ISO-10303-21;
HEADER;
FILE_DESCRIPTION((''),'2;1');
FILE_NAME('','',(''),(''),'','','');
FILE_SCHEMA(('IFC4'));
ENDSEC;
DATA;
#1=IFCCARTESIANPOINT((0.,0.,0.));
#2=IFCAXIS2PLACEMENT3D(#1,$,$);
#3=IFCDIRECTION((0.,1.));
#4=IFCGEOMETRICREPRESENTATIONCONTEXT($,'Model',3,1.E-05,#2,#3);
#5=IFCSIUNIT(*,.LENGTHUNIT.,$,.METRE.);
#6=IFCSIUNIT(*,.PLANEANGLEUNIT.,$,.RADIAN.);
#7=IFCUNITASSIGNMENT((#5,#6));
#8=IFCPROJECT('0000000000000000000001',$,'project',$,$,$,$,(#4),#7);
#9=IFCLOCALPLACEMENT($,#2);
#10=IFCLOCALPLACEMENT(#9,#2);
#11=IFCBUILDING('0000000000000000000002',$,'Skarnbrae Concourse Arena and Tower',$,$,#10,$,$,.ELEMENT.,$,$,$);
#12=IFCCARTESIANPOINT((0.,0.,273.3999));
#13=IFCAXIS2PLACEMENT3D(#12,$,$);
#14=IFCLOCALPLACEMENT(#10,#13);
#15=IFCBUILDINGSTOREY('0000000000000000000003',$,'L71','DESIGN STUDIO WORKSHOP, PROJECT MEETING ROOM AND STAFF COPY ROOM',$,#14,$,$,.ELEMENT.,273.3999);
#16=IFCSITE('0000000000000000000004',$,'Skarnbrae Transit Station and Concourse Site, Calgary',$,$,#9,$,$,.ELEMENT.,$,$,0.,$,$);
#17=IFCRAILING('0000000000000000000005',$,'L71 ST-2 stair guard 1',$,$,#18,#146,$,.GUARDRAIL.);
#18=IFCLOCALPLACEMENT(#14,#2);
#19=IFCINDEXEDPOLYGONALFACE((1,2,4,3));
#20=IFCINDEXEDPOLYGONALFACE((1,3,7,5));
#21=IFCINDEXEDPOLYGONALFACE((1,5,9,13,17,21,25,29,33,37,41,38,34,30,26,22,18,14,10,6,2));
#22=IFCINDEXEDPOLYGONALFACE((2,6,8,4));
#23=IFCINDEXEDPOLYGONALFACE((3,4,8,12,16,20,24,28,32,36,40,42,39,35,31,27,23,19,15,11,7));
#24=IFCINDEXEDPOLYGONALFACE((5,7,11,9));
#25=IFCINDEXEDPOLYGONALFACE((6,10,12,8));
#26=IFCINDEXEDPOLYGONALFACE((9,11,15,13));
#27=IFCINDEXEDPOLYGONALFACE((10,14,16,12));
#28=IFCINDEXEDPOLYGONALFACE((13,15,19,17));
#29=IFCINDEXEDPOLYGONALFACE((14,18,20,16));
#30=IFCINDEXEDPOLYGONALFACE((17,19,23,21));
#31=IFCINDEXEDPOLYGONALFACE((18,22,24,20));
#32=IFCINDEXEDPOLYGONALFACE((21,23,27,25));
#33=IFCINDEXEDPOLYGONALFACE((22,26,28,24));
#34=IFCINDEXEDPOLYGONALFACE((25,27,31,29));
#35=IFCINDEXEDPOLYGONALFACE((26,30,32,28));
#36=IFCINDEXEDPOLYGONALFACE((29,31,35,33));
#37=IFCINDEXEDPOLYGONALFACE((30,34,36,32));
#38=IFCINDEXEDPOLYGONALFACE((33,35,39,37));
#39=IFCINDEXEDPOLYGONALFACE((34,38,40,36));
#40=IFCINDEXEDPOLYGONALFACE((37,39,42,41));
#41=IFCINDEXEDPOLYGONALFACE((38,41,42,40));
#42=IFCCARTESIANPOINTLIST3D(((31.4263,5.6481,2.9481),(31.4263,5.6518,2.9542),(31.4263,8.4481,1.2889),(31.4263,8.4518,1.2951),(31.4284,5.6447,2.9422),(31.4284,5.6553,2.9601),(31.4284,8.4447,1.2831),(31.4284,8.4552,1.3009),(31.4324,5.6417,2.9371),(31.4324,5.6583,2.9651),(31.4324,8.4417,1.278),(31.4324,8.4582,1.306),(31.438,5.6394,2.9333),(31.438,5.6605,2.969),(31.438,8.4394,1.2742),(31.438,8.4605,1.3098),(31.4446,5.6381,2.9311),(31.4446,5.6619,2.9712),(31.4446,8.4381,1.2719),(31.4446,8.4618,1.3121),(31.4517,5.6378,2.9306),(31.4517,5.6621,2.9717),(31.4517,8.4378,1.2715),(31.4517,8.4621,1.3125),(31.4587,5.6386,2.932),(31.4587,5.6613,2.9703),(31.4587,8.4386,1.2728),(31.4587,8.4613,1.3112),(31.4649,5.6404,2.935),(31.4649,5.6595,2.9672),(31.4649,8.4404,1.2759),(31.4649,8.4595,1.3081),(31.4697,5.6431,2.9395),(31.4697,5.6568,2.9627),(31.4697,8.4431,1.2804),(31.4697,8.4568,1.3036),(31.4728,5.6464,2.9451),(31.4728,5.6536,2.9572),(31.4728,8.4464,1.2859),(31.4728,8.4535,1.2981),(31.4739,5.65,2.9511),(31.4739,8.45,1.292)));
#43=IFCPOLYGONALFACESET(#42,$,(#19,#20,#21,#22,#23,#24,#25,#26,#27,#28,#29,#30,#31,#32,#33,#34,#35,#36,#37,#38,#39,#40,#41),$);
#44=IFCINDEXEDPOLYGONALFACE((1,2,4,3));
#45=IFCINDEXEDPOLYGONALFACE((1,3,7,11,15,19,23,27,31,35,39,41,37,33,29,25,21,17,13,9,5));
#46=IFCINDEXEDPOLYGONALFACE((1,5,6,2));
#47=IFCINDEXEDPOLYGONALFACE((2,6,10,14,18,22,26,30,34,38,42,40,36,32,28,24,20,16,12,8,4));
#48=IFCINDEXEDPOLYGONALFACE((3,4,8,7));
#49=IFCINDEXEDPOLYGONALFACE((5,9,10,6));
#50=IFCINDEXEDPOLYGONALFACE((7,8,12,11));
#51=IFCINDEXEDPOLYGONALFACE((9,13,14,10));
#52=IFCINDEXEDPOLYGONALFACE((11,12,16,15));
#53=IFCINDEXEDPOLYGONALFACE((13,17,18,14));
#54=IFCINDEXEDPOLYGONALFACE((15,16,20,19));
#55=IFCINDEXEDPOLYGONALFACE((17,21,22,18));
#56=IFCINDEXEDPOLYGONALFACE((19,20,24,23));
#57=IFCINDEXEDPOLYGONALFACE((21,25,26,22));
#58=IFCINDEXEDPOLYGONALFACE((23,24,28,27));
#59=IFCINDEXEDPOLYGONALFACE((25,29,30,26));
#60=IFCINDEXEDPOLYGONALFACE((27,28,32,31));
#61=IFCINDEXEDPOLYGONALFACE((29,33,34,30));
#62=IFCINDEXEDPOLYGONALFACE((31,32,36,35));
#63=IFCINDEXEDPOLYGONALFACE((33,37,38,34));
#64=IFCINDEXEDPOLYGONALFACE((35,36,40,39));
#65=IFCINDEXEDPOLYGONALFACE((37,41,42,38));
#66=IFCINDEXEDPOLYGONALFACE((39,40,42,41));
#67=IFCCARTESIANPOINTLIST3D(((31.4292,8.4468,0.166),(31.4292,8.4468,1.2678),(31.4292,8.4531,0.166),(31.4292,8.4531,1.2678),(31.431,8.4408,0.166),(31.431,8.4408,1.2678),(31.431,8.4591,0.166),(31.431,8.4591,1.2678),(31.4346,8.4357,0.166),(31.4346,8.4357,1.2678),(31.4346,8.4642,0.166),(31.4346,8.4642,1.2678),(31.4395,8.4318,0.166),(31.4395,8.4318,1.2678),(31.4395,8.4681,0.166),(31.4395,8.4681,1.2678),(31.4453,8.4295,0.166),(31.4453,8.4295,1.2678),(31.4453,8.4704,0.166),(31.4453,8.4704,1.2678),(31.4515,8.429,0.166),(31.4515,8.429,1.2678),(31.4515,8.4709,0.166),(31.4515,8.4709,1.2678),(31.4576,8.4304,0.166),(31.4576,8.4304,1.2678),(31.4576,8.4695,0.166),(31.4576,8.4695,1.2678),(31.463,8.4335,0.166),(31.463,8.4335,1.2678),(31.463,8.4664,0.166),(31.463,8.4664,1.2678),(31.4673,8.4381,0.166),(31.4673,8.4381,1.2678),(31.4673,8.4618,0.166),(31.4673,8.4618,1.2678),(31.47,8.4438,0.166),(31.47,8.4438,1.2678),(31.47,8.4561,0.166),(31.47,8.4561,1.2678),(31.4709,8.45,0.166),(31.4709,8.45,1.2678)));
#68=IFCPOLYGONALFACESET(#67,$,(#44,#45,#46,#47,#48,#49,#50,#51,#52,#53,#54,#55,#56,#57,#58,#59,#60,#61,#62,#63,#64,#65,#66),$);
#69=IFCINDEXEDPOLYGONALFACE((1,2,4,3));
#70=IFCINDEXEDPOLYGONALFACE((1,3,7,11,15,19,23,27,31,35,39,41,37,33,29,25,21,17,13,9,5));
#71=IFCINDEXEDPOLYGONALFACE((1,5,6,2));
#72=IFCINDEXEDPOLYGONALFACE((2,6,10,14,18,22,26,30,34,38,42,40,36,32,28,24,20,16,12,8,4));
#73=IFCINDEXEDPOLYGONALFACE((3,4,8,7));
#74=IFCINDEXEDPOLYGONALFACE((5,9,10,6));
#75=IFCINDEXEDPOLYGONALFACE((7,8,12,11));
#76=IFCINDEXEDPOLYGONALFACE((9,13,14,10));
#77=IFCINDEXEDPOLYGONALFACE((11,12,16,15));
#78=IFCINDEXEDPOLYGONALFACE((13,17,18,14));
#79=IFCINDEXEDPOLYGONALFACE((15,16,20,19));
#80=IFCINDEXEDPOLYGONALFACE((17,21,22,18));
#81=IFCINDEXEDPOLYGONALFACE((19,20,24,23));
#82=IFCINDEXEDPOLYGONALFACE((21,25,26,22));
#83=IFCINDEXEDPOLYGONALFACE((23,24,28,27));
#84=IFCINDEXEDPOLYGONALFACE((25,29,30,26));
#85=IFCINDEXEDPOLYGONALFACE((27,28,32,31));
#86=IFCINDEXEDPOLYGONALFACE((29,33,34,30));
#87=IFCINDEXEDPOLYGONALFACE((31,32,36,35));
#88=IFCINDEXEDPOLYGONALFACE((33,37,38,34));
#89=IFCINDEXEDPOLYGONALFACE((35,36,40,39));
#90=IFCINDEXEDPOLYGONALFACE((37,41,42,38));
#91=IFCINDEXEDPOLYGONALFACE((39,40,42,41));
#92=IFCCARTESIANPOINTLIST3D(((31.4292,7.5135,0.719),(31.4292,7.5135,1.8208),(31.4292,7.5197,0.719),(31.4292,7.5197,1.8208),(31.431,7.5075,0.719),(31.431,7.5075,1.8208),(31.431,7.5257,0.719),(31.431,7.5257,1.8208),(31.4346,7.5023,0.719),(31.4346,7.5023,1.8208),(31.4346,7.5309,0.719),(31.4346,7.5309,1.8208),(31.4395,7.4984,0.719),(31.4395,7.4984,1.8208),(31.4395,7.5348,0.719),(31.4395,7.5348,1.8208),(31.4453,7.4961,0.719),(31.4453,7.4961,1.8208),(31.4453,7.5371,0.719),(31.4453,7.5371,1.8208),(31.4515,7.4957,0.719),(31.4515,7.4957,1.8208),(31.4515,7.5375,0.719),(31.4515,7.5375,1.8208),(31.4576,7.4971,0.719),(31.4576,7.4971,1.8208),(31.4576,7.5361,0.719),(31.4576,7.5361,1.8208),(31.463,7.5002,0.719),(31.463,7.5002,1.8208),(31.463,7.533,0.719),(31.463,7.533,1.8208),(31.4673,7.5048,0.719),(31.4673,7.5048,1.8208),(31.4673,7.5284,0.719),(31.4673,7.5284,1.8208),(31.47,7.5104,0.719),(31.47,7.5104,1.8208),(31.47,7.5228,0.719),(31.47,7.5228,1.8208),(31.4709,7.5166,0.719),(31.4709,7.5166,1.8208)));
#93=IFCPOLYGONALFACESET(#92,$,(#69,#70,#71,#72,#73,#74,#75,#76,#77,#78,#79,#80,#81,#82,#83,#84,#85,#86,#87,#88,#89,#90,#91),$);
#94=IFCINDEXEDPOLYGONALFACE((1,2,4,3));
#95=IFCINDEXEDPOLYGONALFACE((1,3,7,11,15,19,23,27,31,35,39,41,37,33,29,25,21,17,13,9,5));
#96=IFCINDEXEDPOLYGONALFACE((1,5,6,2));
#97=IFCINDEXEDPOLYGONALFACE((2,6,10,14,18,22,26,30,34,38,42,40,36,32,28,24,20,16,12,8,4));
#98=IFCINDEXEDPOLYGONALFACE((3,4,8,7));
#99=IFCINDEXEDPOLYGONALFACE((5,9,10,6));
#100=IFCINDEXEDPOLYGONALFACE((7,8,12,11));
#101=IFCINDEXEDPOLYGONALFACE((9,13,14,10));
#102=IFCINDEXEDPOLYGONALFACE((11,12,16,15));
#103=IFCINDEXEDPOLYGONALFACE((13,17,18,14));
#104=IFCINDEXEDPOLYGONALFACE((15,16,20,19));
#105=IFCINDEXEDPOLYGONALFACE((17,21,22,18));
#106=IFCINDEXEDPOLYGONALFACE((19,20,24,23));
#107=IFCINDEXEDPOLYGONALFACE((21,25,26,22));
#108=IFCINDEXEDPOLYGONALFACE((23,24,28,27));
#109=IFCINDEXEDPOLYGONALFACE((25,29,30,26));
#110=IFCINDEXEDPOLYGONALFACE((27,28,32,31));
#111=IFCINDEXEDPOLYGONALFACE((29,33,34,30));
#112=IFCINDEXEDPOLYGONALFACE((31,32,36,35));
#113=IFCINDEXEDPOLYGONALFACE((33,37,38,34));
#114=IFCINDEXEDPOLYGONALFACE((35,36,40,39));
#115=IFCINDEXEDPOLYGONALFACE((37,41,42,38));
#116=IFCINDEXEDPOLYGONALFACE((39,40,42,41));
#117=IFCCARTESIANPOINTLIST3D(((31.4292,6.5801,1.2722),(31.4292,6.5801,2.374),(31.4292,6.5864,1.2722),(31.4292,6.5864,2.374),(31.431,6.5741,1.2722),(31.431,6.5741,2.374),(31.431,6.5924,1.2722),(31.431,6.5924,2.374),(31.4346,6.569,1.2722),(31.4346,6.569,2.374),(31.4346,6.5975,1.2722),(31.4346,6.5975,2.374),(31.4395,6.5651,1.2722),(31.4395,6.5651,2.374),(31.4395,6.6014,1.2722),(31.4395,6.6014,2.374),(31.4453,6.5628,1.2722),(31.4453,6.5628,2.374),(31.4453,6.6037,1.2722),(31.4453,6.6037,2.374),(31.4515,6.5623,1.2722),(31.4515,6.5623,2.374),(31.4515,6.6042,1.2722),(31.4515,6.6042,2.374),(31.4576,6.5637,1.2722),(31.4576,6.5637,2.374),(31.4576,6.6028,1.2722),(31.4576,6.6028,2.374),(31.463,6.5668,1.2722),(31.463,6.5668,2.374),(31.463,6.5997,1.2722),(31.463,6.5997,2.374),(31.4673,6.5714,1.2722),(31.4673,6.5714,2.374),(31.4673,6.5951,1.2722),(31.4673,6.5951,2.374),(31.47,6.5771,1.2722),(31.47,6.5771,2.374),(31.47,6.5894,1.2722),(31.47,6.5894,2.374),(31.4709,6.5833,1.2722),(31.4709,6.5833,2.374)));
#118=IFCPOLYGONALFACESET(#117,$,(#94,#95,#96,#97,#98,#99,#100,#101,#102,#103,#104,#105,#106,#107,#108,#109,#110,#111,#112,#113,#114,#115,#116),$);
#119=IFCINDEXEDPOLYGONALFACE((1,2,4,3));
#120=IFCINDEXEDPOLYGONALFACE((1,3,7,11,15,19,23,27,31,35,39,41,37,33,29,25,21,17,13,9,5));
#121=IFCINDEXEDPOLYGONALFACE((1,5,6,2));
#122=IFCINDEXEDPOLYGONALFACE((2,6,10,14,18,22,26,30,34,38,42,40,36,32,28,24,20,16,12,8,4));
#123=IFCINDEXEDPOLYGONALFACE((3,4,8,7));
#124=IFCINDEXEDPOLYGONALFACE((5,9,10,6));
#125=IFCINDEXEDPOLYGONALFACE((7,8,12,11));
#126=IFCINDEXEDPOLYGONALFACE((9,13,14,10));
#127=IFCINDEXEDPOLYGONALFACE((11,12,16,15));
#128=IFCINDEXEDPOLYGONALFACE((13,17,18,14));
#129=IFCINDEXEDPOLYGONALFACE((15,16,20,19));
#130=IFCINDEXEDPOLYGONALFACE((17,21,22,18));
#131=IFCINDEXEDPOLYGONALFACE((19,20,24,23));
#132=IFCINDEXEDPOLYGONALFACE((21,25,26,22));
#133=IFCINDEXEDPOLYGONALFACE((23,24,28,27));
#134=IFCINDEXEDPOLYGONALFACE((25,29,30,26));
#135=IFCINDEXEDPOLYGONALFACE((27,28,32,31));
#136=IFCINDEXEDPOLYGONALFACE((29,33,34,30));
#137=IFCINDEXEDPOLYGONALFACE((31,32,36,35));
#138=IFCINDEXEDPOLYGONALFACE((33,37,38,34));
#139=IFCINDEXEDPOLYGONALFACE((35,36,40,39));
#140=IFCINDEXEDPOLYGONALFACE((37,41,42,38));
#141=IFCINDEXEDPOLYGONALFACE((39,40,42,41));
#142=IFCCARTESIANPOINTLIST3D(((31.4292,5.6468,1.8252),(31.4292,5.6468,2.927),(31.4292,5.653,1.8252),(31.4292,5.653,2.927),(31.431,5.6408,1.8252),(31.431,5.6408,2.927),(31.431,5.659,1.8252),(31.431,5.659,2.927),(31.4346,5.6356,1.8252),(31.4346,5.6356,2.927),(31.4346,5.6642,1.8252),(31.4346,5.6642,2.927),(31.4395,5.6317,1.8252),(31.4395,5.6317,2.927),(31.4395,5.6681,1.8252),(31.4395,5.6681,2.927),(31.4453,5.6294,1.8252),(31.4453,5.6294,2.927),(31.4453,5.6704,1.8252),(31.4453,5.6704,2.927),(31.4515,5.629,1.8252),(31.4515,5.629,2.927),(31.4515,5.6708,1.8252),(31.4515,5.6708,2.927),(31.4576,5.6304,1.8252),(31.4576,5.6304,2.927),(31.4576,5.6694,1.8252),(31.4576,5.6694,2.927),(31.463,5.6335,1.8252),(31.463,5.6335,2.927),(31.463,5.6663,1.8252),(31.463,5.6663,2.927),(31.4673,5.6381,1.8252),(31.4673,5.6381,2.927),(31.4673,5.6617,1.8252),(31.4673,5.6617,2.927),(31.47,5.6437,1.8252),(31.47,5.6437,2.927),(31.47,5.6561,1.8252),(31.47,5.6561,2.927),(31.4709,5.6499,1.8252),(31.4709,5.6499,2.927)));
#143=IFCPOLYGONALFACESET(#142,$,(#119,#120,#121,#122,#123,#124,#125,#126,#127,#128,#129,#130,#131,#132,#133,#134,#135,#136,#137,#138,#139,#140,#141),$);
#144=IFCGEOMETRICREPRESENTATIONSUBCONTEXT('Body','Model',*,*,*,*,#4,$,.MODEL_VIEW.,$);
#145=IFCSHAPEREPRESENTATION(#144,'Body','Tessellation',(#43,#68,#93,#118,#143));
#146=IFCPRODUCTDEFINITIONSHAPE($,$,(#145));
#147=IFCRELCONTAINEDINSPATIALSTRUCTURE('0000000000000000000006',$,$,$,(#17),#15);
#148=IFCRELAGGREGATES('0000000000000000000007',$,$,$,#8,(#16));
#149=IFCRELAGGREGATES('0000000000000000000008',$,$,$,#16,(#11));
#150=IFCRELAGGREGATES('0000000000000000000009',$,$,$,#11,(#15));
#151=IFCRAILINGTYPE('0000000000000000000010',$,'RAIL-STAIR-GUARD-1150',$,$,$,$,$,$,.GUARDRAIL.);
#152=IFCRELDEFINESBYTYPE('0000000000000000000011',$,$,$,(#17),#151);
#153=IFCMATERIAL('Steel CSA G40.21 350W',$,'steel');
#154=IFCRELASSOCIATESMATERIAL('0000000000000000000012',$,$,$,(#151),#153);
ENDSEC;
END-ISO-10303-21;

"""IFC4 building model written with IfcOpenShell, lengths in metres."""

from ifc_helpers import new_model, si_unit, direction, frame, origin, origin_2d, place, context, subcontext, project, spatial, circle, extrude, material, type_object, element, save


model = new_model("IFC4")

# Units and contexts
model_context = context("Model", 3, precision=1e-05, world=origin(), true_north=direction((0.0, 1.0)))
body_context = subcontext(model_context, "Body", "Model", "MODEL_VIEW")
ifc_project = project(units=[si_unit("LENGTHUNIT", "METRE"), si_unit("PLANEANGLEUNIT", "RADIAN")], contexts=[model_context])

# Site, building, storey
site_placement = place(None, origin())
site = spatial("IfcSite", under=ifc_project, at=site_placement, Name="Skarnbrae Transit Station and Concourse Site, Calgary", CompositionType="ELEMENT", RefElevation=0.0)
building_placement = place(site_placement, origin())
building = spatial("IfcBuilding", under=site, at=building_placement, Name="Skarnbrae Concourse Arena and Tower", CompositionType="ELEMENT")
storey_placement = place(building_placement, frame((0.0, 0.0, 273.3999)))
storey = spatial("IfcBuildingStorey", under=building, at=storey_placement, Name="L71", Description="DESIGN STUDIO WORKSHOP, PROJECT MEETING ROOM AND STAFF COPY ROOM", CompositionType="ELEMENT", Elevation=273.3999)

# Shared definitions
ifc_material_1 = material(Name="Steel CSA G40.21 350W", Category="steel")

# Railing
railing_type = type_object("IfcRailingType", Name="RAIL-STAIR-GUARD-1150", PredefinedType="GUARDRAIL", material=ifc_material_1)
railing_1_placement = place(storey_placement, frame((31.45, 8.45, 0.166)))
element("IfcRailing", 1, at=railing_1_placement, inside=storey, type_object=railing_type, Name="L71 ST-2 stair guard 1", PredefinedType="GUARDRAIL", context=body_context, shape_type="SweptSolid", body=[
    extrude(circle(Radius=0.0239, at=origin_2d()), frame((0.0, 0.0, 1.126), z_axis=(0.0, -0.860306, 0.509778), x_axis=(1.0, 0.0, 0.0)), (0.0, 0.0, 1.0), 3.2546),
    extrude(circle(Radius=0.021, at=origin_2d()), origin(), (0.0, 0.0, 1.0), 1.1018),
    extrude(circle(Radius=0.021, at=origin_2d()), frame((0.0, -0.9333, 0.553)), (0.0, 0.0, 1.0), 1.1018),
    extrude(circle(Radius=0.021, at=origin_2d()), frame((0.0, -1.8667, 1.1062)), (0.0, 0.0, 1.0), 1.1018),
    extrude(circle(Radius=0.021, at=origin_2d()), frame((0.0, -2.8, 1.6592)), (0.0, 0.0, 1.0), 1.1018),
])

save(model, "model.ifc")
